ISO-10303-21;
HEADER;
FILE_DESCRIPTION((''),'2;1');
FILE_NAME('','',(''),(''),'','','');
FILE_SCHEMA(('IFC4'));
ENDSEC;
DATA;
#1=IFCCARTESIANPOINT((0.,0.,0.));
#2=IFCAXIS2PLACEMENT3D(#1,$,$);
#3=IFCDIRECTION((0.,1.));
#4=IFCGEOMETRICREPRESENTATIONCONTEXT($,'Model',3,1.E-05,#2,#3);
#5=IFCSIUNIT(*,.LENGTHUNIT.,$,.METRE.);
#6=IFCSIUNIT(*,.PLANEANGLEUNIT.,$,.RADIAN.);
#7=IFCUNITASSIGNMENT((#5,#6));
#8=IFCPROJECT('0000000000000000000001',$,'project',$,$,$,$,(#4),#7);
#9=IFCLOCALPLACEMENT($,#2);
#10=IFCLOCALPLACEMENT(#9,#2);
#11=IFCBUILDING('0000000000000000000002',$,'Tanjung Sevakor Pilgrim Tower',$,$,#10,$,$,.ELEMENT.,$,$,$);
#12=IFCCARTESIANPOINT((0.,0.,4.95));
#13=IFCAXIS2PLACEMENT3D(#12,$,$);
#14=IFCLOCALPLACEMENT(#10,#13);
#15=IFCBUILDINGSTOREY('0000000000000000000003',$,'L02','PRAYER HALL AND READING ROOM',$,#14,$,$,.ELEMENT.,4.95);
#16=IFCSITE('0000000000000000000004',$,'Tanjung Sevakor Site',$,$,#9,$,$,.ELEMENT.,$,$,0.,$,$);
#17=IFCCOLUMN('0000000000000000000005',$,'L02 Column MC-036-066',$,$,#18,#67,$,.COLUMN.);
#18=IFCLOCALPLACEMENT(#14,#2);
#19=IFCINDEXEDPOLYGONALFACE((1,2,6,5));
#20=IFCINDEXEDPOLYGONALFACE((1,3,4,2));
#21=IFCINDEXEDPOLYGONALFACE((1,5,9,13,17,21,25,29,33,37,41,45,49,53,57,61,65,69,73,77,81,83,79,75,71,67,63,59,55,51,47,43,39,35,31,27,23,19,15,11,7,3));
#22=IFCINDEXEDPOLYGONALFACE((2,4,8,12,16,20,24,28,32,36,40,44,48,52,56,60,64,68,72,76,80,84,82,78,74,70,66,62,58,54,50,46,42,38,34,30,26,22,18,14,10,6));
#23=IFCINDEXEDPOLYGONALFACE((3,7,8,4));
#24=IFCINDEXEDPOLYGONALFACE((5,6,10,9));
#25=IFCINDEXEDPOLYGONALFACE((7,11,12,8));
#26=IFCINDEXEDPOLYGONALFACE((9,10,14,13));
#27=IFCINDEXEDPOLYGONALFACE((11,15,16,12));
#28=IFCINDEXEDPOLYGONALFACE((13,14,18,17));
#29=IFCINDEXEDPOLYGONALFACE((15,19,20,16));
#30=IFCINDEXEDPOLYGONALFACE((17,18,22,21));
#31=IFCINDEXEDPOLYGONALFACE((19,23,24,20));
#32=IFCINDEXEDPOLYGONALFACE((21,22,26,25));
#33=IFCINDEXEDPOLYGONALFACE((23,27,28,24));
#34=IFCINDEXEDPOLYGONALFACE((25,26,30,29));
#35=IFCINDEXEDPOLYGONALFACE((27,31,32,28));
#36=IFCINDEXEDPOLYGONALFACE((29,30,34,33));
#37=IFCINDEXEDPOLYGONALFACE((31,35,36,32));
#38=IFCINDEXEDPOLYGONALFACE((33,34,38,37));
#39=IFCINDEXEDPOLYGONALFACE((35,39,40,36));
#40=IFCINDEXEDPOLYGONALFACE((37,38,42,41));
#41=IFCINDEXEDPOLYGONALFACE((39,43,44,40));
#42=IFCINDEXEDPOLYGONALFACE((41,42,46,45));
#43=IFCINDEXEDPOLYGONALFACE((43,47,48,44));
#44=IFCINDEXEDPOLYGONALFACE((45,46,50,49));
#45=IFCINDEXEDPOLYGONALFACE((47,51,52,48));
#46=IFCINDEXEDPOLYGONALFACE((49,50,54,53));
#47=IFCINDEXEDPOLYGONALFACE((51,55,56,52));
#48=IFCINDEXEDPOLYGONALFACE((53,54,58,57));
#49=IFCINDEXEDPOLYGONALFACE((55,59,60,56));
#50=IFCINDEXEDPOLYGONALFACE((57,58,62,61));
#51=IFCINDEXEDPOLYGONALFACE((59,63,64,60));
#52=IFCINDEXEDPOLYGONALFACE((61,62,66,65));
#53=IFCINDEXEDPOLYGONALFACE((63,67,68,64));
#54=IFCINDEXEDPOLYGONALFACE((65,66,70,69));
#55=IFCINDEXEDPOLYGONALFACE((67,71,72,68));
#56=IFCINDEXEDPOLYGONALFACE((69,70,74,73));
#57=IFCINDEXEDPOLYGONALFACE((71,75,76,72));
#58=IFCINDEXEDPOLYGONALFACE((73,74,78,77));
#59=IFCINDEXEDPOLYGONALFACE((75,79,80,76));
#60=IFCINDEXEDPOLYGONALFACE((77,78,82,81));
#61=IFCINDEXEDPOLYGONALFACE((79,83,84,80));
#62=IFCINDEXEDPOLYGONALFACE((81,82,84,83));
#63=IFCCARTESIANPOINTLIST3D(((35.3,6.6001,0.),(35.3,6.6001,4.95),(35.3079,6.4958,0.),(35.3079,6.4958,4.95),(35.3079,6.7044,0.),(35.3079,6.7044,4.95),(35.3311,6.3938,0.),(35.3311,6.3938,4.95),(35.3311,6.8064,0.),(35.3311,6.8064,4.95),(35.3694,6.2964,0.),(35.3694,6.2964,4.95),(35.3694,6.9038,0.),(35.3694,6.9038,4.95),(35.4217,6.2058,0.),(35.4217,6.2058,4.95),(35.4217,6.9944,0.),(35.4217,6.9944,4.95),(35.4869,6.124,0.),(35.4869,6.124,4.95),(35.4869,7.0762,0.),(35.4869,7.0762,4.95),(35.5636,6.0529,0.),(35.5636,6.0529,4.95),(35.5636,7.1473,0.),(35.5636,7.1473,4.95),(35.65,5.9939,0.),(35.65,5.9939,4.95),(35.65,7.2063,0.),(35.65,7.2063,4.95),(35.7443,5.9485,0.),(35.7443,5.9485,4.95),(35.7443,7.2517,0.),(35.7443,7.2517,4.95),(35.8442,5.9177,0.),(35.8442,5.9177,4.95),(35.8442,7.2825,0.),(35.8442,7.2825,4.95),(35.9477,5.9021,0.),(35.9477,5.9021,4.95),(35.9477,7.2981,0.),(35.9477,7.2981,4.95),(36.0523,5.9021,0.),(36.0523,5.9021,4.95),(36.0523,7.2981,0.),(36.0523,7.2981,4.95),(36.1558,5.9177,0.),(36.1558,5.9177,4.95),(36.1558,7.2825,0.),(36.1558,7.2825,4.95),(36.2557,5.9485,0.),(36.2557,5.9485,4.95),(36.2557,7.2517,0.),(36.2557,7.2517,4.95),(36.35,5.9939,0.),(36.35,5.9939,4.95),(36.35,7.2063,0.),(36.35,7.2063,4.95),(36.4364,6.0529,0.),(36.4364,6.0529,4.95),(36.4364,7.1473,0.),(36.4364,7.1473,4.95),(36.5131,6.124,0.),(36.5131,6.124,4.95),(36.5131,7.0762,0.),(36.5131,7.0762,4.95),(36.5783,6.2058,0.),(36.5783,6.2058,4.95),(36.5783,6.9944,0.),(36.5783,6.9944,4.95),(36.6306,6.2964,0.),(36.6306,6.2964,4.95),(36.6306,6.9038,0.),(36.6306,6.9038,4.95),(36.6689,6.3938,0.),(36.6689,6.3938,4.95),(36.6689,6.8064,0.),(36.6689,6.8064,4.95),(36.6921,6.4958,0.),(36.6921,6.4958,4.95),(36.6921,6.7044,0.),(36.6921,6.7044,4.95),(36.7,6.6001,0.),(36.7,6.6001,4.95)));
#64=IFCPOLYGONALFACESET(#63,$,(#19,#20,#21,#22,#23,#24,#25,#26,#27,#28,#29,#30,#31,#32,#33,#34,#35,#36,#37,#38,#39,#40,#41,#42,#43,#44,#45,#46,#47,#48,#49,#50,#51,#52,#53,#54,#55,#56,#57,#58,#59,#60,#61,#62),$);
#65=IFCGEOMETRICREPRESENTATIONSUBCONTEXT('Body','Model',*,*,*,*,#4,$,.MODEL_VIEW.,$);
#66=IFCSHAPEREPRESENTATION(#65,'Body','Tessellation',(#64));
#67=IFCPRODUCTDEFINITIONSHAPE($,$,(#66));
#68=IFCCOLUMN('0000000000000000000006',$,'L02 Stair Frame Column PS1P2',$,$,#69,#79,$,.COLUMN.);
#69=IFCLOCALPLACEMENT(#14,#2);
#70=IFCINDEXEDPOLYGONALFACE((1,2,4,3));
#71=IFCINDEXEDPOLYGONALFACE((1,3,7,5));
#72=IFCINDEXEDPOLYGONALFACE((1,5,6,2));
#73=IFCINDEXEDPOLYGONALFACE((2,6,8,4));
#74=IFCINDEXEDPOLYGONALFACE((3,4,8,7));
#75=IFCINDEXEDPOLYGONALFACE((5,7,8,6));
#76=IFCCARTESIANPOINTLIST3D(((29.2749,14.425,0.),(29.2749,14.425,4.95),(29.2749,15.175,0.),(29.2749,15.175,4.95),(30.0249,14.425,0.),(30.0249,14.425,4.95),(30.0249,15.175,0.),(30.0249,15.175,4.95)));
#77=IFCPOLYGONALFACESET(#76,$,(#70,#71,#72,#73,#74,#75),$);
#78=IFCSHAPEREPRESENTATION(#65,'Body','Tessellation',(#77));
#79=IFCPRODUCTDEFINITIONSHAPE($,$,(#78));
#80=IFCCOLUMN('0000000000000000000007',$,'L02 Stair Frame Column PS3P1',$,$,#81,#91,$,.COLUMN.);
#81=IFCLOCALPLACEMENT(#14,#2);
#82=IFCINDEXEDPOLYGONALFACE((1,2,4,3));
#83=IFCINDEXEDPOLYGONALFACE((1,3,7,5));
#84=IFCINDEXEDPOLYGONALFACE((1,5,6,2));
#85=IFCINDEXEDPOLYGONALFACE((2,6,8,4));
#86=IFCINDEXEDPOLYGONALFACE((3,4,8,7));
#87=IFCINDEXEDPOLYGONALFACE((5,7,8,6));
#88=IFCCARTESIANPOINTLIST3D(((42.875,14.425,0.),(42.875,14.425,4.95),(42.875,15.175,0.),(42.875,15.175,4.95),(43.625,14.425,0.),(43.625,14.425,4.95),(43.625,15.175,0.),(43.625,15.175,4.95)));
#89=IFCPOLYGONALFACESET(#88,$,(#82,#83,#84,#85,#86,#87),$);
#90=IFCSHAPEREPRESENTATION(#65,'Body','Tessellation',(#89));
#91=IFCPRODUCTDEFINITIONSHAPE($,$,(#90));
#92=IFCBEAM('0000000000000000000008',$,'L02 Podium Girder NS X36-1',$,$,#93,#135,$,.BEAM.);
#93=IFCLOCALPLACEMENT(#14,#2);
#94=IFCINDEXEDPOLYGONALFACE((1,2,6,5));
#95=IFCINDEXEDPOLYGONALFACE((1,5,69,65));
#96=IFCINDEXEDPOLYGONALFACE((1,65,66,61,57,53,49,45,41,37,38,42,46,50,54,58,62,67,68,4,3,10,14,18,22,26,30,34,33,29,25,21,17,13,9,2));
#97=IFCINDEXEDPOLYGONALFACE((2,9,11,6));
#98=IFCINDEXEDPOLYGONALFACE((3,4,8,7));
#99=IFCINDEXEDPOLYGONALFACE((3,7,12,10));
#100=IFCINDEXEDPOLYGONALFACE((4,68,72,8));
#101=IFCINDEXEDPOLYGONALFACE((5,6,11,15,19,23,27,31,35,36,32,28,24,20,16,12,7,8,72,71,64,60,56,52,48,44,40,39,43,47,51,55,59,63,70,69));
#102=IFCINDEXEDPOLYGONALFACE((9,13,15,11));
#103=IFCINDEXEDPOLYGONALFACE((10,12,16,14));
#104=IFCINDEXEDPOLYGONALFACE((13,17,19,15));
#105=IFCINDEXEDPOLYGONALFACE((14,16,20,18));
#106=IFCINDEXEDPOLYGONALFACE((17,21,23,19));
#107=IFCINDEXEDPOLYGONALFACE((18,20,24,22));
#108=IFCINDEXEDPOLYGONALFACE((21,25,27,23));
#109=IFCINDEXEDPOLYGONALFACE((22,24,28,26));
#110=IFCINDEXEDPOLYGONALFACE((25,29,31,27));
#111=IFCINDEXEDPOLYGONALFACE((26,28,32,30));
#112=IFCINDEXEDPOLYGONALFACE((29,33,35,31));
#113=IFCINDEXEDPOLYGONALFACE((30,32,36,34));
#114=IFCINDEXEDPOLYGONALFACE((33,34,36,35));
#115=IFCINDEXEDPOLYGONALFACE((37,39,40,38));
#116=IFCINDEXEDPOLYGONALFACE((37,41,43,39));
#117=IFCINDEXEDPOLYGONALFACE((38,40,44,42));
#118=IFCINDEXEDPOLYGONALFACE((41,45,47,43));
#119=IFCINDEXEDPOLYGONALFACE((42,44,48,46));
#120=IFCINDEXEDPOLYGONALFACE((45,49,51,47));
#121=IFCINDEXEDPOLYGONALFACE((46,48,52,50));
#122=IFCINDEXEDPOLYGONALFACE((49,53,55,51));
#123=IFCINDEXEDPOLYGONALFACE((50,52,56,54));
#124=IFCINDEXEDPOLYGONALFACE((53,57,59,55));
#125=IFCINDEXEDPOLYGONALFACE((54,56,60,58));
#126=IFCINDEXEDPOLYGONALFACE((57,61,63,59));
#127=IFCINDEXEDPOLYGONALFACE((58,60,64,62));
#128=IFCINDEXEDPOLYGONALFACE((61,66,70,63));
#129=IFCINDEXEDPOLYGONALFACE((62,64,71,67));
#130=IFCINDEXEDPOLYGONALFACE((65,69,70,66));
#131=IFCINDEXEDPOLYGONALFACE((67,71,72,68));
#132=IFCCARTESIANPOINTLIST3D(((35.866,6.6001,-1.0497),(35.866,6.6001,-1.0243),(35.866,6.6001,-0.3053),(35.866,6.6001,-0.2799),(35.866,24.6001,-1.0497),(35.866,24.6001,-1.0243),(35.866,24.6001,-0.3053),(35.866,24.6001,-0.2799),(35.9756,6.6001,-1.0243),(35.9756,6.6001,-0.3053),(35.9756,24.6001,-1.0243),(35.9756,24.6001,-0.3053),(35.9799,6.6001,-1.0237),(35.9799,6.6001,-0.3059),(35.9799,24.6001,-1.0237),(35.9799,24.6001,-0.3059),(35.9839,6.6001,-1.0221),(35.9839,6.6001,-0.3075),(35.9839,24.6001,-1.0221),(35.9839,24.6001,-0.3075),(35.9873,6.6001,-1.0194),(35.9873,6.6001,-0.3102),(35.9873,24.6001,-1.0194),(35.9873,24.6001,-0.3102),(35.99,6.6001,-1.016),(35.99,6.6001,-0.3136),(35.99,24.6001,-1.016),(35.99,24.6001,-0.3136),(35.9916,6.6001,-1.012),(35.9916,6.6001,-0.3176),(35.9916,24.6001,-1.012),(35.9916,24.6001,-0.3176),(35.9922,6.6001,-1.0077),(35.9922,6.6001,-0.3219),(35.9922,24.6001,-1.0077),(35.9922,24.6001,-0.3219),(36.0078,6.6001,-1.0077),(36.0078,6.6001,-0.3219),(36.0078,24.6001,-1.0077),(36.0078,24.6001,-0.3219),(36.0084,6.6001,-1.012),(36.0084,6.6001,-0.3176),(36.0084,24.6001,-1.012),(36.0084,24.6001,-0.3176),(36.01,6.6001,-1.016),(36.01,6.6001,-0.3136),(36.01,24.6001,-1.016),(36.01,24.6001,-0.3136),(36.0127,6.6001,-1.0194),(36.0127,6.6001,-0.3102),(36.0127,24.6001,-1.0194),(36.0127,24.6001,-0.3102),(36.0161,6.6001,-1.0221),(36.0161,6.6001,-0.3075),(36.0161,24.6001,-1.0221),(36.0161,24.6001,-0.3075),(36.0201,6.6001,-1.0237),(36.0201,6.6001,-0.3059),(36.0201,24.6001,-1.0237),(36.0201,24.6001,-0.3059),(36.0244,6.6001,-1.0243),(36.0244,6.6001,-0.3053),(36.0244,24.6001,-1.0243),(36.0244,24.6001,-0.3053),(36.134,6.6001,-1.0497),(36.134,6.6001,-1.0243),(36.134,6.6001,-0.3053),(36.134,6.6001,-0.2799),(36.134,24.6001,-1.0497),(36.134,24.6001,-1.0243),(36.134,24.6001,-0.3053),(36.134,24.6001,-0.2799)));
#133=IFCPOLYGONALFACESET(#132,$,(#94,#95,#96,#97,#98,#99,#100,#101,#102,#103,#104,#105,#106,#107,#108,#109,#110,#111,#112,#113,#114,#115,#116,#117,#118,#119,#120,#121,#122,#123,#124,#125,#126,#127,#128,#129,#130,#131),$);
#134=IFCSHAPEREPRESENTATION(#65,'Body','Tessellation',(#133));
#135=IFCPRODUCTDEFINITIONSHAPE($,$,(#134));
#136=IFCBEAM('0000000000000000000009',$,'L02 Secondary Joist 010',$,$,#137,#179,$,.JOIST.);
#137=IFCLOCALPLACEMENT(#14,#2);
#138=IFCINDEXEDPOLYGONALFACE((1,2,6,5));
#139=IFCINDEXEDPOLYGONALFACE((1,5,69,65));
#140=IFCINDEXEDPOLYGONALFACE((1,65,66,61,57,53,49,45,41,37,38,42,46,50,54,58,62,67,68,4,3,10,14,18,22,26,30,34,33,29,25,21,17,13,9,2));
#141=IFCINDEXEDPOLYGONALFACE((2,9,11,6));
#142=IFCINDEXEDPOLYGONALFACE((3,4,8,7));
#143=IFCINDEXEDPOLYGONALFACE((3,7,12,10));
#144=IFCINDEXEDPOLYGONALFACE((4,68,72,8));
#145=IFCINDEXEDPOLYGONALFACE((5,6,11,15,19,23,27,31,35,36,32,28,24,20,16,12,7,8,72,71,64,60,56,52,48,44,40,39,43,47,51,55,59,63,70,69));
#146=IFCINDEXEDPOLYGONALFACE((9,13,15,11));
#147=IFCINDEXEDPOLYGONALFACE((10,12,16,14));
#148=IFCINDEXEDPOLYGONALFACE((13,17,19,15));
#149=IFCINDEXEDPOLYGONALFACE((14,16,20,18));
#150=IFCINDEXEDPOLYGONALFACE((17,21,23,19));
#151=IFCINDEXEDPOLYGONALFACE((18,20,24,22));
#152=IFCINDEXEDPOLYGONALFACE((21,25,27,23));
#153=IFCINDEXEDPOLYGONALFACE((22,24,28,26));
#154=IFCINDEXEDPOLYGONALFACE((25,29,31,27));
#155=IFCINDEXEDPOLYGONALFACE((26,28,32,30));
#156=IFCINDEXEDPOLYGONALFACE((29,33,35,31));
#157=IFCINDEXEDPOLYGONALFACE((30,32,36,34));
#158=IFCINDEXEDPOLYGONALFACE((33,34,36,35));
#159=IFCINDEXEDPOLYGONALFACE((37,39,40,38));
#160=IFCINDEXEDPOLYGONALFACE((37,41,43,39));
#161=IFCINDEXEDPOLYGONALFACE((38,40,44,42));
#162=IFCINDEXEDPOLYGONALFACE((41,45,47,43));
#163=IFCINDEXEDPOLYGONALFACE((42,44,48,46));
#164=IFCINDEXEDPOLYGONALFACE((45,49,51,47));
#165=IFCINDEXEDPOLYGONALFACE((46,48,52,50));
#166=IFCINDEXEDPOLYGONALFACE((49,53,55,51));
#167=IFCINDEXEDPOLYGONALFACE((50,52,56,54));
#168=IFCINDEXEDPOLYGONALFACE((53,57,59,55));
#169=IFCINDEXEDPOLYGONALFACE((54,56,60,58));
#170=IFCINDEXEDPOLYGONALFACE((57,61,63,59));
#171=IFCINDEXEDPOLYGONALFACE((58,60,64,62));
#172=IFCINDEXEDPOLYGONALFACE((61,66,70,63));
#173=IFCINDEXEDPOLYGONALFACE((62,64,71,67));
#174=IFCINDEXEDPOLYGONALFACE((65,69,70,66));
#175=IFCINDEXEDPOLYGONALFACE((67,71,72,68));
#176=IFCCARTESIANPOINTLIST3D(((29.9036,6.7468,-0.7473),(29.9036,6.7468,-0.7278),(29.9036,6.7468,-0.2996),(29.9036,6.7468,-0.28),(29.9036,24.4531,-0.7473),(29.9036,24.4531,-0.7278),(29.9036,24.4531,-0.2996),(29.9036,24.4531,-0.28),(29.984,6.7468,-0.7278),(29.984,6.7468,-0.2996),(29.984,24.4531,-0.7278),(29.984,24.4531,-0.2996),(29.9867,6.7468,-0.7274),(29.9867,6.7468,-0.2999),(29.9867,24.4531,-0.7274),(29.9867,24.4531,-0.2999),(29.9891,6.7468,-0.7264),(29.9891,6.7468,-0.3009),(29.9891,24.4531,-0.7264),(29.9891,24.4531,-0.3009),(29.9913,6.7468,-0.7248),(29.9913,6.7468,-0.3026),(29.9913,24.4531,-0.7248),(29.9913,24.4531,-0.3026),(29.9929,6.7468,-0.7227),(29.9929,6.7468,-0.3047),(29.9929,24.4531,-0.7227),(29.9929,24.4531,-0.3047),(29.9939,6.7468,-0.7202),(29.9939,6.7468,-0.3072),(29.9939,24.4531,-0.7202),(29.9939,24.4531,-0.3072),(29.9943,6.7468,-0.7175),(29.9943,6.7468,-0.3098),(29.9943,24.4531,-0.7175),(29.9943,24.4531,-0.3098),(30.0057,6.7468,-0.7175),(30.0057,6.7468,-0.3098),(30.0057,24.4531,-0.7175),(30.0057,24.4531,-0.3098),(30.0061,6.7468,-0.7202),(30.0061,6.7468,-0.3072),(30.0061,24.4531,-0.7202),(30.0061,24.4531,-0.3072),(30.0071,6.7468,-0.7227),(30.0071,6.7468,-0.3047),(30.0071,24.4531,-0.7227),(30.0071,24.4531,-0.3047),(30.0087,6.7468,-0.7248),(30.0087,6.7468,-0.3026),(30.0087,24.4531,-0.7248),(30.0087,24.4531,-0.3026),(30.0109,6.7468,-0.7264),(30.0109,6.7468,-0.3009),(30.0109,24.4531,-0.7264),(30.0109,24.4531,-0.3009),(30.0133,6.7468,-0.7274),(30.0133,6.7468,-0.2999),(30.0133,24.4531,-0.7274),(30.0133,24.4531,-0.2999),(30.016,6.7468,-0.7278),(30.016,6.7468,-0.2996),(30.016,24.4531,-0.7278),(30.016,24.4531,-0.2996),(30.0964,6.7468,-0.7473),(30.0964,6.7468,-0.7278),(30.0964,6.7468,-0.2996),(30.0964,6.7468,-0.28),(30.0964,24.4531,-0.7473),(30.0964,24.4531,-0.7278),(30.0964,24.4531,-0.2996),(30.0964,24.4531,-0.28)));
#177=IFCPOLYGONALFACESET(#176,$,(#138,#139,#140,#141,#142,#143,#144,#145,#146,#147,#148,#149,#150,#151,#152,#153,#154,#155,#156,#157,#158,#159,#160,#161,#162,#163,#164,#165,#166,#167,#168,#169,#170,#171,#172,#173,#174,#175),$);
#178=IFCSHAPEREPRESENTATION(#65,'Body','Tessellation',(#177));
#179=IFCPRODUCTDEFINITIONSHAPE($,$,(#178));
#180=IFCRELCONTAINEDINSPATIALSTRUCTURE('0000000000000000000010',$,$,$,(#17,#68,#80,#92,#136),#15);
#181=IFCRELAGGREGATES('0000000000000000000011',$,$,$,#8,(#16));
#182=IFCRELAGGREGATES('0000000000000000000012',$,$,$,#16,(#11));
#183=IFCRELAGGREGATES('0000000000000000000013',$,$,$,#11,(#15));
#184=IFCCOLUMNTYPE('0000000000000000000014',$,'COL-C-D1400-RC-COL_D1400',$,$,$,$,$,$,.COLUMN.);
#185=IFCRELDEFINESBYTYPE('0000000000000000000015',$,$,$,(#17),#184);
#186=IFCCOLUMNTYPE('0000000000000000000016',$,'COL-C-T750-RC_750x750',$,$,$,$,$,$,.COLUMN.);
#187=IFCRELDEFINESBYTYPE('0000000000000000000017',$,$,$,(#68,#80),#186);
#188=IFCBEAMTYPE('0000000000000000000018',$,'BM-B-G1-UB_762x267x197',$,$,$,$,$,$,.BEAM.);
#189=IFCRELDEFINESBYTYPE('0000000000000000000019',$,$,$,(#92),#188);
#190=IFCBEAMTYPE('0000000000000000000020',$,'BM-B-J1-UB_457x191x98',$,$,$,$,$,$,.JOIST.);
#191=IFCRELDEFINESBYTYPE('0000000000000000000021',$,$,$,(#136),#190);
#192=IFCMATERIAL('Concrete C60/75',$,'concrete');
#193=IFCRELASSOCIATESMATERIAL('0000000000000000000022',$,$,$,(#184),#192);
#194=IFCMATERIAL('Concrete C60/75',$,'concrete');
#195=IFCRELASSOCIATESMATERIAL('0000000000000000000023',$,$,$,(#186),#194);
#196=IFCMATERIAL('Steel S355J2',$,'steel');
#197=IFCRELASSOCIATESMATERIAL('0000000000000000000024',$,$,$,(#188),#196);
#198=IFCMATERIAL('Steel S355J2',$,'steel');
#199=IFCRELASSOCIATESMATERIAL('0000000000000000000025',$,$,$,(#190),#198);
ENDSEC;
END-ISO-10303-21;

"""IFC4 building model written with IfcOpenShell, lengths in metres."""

from ifc_helpers import new_model, si_unit, direction, frame, origin, origin_2d, place, context, subcontext, project, spatial, rectangle, circle, i_section, extrude, material, material_profile, profile_set, type_object, element, save


model = new_model("IFC4")

# Units and contexts
model_context = context("Model", 3, precision=1e-05, world=origin(), true_north=direction((0.0, 1.0)))
body_context = subcontext(model_context, "Body", "Model", "MODEL_VIEW")
ifc_project = project(units=[si_unit("LENGTHUNIT", "METRE"), si_unit("PLANEANGLEUNIT", "RADIAN")], contexts=[model_context])

# Site, building, storey
site_placement = place(None, origin())
site = spatial("IfcSite", under=ifc_project, at=site_placement, Name="Tanjung Sevakor Site", CompositionType="ELEMENT", RefElevation=0.0)
building_placement = place(site_placement, origin())
building = spatial("IfcBuilding", under=site, at=building_placement, Name="Tanjung Sevakor Pilgrim Tower", CompositionType="ELEMENT")
storey_placement = place(building_placement, frame((0.0, 0.0, 4.95)))
storey = spatial("IfcBuildingStorey", under=building, at=storey_placement, Name="L02", Description="PRAYER HALL AND READING ROOM", CompositionType="ELEMENT", Elevation=4.95)

# Columns
ifc_material_1 = material(Name="Concrete C60/75", Category="concrete")
ifc_material_profile_1 = material_profile(ifc_material_1, circle(Radius=0.7, at=origin_2d()))
ifc_profile_set_1 = profile_set([ifc_material_profile_1], Name="Concrete C60/75")
column_type_1 = type_object("IfcColumnType", Name="COL-C-D1400-RC-COL_D1400", PredefinedType="COLUMN", material=ifc_profile_set_1)
column_placement = place(storey_placement, frame((36.0, 6.6001, 0.0), z_axis=(0.0, 0.0, 1.0), x_axis=(1.0, 0.0, 0.0)))
element("IfcColumn", 1, at=column_placement, inside=storey, type_object=column_type_1, Name="L02 Column MC-036-066", PredefinedType="COLUMN", context=body_context, shape_type="SweptSolid", body=[
    extrude(circle(Radius=0.7, at=origin_2d()), origin(), (0.0, 0.0, 1.0), 4.95),
])
ifc_material_2 = material(Name="Concrete C60/75", Category="concrete")
ifc_material_profile_2 = material_profile(ifc_material_2, rectangle(XDim=0.75, YDim=0.75, at=origin_2d()))
ifc_profile_set_2 = profile_set([ifc_material_profile_2], Name="Concrete C60/75")
column_type_2 = type_object("IfcColumnType", Name="COL-C-T750-RC_750x750", PredefinedType="COLUMN", material=ifc_profile_set_2)
for number, where, z_axis, x_axis, name in (
    (2, (29.6499, 14.8, 0.0), (0.0, 0.0, 1.0), (1.0, 0.0, 0.0), "L02 Stair Frame Column PS1P2"),
    (3, (43.25, 14.8, 0.0), (0.0, 0.0, 1.0), (1.0, 0.0, 0.0), "L02 Stair Frame Column PS3P1"),
):
    element("IfcColumn", number, at=place(storey_placement, frame(where, z_axis=z_axis, x_axis=x_axis)), inside=storey, type_object=column_type_2, Name=name, PredefinedType="COLUMN", context=body_context, shape_type="SweptSolid", body=[
        extrude(rectangle(XDim=0.75, YDim=0.75, at=origin_2d()), origin(), (0.0, 0.0, 1.0), 4.95),
    ])

# Beams
ifc_material_3 = material(Name="Steel S355J2", Category="steel")
ifc_material_profile_3 = material_profile(ifc_material_3, i_section(OverallWidth=0.2681, OverallDepth=0.7698, WebThickness=0.0156, FlangeThickness=0.0254, FilletRadius=0.0166, at=origin_2d()))
ifc_profile_set_3 = profile_set([ifc_material_profile_3], Name="Steel S355J2")
beam_type_1 = type_object("IfcBeamType", Name="BM-B-G1-UB_762x267x197", PredefinedType="BEAM", material=ifc_profile_set_3)
beam_1_placement = place(storey_placement, frame((36.0, 6.6001, -0.6648), z_axis=(0.0, 1.0, 0.0), x_axis=(-1.0, 0.0, 0.0)))
element("IfcBeam", 4, at=beam_1_placement, inside=storey, type_object=beam_type_1, Name="L02 Podium Girder NS X36-1", PredefinedType="BEAM", context=body_context, shape_type="SweptSolid", body=[
    extrude(i_section(OverallWidth=0.2681, OverallDepth=0.7698, WebThickness=0.0156, FlangeThickness=0.0254, FilletRadius=0.0166, at=origin_2d()), origin(), (0.0, 0.0, 1.0), 18.0),
])
ifc_material_4 = material(Name="Steel S355J2", Category="steel")
ifc_material_profile_4 = material_profile(ifc_material_4, i_section(OverallWidth=0.1929, OverallDepth=0.4673, WebThickness=0.0115, FlangeThickness=0.0195, FilletRadius=0.0103, at=origin_2d()))
ifc_profile_set_4 = profile_set([ifc_material_profile_4], Name="Steel S355J2")
beam_type_2 = type_object("IfcBeamType", Name="BM-B-J1-UB_457x191x98", PredefinedType="JOIST", material=ifc_profile_set_4)
for number, where, z_axis, x_axis, name in (
    (5, (30.0, 6.7468, -0.5137), (0.0, 1.0, 0.0), (-1.0, 0.0, 0.0), "L02 Secondary Joist 010"),
):
    element("IfcBeam", number, at=place(storey_placement, frame(where, z_axis=z_axis, x_axis=x_axis)), inside=storey, type_object=beam_type_2, Name=name, PredefinedType="JOIST", context=body_context, shape_type="SweptSolid", body=[
        extrude(i_section(OverallWidth=0.1929, OverallDepth=0.4673, WebThickness=0.0115, FlangeThickness=0.0195, FilletRadius=0.0103, at=origin_2d()), origin(), (0.0, 0.0, 1.0), 17.7063),
    ])

save(model, "model.ifc")
